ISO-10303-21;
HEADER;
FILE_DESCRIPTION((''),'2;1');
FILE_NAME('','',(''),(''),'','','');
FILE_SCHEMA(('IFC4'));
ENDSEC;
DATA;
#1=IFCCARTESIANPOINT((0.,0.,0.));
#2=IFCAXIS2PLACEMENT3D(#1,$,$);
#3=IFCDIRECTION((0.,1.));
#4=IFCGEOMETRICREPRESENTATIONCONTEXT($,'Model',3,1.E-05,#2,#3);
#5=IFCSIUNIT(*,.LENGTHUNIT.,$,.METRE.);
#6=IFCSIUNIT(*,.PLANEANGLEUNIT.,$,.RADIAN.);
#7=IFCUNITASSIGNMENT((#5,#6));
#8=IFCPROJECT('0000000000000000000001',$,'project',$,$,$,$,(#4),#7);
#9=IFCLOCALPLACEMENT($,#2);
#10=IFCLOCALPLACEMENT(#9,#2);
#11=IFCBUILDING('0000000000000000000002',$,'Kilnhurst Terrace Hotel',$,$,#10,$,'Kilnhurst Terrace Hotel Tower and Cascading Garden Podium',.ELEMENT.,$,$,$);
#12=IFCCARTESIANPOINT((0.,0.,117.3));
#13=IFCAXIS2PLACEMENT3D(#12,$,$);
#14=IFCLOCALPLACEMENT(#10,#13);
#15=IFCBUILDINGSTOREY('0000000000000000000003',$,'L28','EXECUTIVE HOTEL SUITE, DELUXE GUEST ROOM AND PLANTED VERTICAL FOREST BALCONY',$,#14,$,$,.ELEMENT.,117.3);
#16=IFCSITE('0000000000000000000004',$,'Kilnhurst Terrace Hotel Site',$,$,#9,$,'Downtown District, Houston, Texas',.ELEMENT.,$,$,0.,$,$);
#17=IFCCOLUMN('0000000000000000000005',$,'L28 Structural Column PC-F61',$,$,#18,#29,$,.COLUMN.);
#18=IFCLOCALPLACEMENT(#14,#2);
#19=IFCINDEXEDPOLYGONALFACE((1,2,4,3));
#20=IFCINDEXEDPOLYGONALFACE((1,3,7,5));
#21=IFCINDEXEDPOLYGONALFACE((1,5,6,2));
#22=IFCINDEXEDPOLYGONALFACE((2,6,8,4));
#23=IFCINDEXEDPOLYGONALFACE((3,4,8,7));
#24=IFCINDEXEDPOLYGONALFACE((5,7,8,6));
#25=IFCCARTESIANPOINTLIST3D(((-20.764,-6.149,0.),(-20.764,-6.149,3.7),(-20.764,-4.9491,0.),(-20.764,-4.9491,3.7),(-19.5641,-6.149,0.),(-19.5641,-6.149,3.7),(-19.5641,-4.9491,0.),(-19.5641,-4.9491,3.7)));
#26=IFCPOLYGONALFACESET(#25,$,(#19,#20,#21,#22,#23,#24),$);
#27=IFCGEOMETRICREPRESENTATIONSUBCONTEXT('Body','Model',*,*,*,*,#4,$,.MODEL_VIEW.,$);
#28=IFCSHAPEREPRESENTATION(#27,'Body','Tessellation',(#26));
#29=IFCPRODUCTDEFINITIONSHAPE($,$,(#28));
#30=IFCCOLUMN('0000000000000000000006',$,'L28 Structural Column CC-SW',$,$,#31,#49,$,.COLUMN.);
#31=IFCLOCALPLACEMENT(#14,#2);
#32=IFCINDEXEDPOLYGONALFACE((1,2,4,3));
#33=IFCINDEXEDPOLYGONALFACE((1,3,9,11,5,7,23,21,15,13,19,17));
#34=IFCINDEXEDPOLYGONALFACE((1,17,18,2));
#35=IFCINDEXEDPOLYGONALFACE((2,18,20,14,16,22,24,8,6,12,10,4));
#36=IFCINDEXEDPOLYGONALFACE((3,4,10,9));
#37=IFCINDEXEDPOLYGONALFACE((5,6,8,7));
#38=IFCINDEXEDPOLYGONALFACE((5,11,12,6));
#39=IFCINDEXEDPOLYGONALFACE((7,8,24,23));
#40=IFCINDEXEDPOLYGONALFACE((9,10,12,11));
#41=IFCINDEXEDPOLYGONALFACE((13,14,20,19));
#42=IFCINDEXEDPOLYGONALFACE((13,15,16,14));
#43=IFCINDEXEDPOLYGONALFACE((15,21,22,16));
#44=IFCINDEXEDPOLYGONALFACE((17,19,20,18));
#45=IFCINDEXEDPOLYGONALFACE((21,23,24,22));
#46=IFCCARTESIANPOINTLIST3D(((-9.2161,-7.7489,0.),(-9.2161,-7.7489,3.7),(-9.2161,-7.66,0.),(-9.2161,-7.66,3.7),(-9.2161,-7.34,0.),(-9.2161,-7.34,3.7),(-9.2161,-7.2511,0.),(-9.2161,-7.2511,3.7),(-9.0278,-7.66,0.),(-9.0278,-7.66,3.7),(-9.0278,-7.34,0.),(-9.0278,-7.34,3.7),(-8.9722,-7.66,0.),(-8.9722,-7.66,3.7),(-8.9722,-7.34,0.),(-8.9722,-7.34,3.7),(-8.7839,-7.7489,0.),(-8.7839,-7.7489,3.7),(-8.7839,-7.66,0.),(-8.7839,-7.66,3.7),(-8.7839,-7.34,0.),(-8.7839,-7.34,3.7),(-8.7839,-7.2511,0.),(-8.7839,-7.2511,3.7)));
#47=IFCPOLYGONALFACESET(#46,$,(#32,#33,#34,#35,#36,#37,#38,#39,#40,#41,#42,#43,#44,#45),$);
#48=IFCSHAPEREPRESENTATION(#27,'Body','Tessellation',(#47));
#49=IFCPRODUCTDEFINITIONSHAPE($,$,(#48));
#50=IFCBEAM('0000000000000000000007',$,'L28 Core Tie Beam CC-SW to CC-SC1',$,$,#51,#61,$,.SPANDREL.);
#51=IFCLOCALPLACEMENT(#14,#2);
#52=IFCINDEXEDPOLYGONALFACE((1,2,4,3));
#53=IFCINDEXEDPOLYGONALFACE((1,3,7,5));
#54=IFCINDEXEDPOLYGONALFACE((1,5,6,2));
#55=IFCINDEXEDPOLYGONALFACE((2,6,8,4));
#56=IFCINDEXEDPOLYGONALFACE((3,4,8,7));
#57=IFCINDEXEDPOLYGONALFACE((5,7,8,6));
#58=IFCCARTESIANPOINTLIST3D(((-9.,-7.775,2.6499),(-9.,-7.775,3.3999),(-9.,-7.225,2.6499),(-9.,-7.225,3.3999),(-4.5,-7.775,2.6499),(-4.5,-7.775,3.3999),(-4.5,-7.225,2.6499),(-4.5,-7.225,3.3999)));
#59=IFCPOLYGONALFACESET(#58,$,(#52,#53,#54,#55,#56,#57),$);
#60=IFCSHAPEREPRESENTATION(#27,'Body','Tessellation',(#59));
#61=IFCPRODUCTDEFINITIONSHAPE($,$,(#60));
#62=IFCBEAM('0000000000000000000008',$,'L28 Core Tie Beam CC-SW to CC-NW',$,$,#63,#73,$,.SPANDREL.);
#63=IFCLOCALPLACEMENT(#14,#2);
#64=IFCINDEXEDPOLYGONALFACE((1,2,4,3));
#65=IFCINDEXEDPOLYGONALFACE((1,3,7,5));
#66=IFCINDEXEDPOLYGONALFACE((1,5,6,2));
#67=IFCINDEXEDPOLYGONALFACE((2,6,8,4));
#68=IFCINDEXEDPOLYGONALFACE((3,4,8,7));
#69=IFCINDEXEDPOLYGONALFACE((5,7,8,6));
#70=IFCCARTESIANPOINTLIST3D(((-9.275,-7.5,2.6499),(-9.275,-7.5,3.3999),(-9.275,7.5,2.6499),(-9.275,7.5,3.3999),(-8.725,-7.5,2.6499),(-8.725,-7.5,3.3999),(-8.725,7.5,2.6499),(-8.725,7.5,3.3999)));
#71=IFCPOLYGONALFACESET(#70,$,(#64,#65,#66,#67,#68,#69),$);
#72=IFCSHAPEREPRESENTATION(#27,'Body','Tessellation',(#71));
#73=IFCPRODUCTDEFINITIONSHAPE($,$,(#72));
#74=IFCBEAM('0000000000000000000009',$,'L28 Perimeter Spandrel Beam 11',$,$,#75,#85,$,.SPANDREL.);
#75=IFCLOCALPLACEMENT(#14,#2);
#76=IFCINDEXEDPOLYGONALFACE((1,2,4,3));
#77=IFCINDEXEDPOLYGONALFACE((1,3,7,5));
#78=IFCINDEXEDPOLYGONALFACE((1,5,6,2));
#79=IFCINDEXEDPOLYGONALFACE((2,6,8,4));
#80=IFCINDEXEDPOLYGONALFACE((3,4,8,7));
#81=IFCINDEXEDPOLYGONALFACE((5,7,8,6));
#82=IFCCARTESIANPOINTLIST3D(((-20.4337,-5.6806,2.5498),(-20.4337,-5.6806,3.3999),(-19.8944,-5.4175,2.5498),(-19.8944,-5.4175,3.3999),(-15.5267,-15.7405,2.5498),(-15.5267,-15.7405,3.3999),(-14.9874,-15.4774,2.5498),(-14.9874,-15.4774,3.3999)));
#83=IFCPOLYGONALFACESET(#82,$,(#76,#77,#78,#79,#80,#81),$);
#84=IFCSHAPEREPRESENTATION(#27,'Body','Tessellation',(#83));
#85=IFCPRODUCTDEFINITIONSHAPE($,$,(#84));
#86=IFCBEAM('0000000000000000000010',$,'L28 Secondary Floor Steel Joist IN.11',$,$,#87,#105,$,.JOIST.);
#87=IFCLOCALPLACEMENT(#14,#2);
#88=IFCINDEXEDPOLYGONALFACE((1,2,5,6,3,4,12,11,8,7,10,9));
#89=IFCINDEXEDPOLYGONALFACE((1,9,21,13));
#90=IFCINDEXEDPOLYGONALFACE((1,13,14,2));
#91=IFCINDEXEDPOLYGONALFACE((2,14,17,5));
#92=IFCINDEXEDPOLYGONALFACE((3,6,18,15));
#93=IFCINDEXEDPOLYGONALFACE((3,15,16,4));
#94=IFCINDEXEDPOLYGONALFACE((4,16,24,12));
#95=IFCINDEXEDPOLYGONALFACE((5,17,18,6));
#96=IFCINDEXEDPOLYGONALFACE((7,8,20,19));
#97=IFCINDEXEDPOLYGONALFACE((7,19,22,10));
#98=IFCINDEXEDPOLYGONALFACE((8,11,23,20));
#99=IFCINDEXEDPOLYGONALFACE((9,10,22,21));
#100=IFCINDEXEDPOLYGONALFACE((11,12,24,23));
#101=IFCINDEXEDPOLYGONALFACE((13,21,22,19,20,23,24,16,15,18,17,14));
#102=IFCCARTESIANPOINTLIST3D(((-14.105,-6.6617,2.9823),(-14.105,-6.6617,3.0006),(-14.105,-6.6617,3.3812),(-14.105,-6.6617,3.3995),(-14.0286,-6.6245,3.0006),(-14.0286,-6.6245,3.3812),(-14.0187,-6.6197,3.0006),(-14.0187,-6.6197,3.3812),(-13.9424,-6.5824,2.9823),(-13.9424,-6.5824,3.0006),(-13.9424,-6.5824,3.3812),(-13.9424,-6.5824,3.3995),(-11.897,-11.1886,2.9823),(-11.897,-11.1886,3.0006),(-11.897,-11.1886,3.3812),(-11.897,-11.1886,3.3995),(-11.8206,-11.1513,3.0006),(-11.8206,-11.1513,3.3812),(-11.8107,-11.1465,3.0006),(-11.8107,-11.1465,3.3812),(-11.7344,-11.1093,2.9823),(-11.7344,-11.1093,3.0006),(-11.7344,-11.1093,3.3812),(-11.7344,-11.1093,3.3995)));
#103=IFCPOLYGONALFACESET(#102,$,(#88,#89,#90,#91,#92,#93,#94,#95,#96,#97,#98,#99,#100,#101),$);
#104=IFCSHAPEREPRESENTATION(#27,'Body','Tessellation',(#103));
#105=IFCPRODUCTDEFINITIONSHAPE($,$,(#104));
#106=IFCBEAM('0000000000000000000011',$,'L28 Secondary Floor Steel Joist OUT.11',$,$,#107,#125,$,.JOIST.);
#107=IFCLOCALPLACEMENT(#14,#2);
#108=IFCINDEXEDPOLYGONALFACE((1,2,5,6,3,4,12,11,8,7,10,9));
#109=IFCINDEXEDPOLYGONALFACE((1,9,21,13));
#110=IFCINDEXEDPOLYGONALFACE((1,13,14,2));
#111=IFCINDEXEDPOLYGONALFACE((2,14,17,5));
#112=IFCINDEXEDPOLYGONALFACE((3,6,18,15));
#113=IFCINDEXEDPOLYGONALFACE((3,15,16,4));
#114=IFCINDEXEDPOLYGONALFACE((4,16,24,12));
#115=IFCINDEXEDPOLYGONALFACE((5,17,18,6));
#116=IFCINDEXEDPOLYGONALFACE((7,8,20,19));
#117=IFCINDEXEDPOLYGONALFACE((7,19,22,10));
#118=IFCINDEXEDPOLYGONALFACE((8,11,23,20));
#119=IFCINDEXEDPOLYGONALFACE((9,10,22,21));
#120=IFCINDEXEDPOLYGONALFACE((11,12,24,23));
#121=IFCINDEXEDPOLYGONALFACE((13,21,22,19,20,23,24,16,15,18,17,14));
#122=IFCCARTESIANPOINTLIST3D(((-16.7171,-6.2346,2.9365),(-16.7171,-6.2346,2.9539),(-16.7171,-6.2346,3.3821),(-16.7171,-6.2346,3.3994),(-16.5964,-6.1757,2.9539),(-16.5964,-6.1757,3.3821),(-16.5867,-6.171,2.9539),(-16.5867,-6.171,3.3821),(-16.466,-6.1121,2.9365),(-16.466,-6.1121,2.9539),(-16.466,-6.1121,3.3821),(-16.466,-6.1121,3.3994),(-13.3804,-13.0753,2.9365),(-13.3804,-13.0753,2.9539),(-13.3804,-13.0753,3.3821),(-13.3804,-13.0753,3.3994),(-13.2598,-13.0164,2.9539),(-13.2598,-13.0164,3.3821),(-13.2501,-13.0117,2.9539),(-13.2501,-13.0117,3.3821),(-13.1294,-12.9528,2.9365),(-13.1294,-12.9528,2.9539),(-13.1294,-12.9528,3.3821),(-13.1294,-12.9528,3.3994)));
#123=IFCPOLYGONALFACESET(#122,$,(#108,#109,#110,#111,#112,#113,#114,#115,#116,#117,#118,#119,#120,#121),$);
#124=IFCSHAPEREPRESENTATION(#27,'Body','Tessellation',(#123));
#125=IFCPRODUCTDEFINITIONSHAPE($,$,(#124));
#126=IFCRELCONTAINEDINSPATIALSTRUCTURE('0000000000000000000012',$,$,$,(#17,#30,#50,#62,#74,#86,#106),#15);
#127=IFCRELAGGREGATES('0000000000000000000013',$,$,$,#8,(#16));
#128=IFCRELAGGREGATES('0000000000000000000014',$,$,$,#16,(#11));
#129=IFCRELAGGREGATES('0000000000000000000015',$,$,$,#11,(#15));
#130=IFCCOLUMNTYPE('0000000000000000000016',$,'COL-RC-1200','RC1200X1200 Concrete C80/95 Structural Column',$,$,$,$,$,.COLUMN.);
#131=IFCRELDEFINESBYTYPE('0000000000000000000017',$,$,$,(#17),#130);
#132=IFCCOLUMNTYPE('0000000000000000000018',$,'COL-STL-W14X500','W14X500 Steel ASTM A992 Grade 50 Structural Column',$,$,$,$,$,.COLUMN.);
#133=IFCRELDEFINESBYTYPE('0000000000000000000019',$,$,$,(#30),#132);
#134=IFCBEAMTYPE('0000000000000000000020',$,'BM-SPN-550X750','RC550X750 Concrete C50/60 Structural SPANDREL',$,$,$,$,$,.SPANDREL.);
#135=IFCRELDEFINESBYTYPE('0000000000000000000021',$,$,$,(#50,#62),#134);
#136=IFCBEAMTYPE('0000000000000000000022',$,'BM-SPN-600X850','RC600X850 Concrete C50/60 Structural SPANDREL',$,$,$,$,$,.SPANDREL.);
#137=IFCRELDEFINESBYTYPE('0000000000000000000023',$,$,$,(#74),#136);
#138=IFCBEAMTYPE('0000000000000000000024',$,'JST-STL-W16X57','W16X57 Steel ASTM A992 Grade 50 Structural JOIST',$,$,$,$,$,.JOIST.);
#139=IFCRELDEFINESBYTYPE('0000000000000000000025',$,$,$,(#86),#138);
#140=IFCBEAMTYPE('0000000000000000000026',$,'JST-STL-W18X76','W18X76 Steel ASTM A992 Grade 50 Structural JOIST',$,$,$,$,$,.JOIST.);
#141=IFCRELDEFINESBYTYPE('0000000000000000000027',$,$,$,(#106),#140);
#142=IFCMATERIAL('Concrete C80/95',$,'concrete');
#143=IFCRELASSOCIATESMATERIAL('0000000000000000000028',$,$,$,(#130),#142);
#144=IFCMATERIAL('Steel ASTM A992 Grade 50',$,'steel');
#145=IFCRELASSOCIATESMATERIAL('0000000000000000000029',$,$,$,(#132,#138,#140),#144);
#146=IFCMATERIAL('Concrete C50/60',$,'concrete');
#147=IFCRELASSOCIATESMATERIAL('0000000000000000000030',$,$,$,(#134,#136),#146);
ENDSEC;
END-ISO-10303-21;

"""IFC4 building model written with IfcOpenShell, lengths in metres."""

from ifc_helpers import new_model, si_unit, direction, frame, origin, origin_2d, place, context, subcontext, project, spatial, rectangle, i_section, extrude, material, material_profile, profile_set, type_object, element, save


model = new_model("IFC4")

# Units and contexts
model_context = context("Model", 3, precision=1e-05, world=origin(), true_north=direction((0.0, 1.0)))
body_context = subcontext(model_context, "Body", "Model", "MODEL_VIEW")
ifc_project = project(units=[si_unit("LENGTHUNIT", "METRE"), si_unit("PLANEANGLEUNIT", "RADIAN")], contexts=[model_context])

# Site, building, storey
site_placement = place(None, origin())
site = spatial("IfcSite", under=ifc_project, at=site_placement, Name="Kilnhurst Terrace Hotel Site", LongName="Downtown District, Houston, Texas", CompositionType="ELEMENT", RefElevation=0.0)
building_placement = place(site_placement, origin())
building = spatial("IfcBuilding", under=site, at=building_placement, Name="Kilnhurst Terrace Hotel", LongName="Kilnhurst Terrace Hotel Tower and Cascading Garden Podium", CompositionType="ELEMENT")
storey_placement = place(building_placement, frame((0.0, 0.0, 117.3)))
storey = spatial("IfcBuildingStorey", under=building, at=storey_placement, Name="L28", Description="EXECUTIVE HOTEL SUITE, DELUXE GUEST ROOM AND PLANTED VERTICAL FOREST BALCONY", CompositionType="ELEMENT", Elevation=117.3)

# Columns
ifc_material_1 = material(Name="Concrete C80/95", Category="concrete")
ifc_material_profile_1 = material_profile(ifc_material_1, rectangle(XDim=1.2, YDim=1.2, at=origin_2d()), Name="RC1200X1200")
ifc_profile_set_1 = profile_set([ifc_material_profile_1], Name="Concrete C80/95")
column_type_1 = type_object("IfcColumnType", Name="COL-RC-1200", Description="RC1200X1200 Concrete C80/95 Structural Column", PredefinedType="COLUMN", material=ifc_profile_set_1)
column_1_placement = place(storey_placement, frame((-20.1641, -5.5491, 0.0), z_axis=(0.0, 0.0, 1.0), x_axis=(1.0, 0.0, 0.0)))
element("IfcColumn", 1, at=column_1_placement, inside=storey, type_object=column_type_1, Name="L28 Structural Column PC-F61", PredefinedType="COLUMN", context=body_context, shape_type="SweptSolid", body=[
    extrude(rectangle(XDim=1.2, YDim=1.2, at=origin_2d()), origin(), (0.0, 0.0, 1.0), 3.7),
])
ifc_material_2 = material(Name="Steel ASTM A992 Grade 50", Category="steel")
ifc_material_profile_2 = material_profile(ifc_material_2, i_section(OverallWidth=0.4321, OverallDepth=0.4978, WebThickness=0.0557, FlangeThickness=0.0889, at=origin_2d()), Name="W14X500")
ifc_profile_set_2 = profile_set([ifc_material_profile_2], Name="Steel ASTM A992 Grade 50")
column_type_2 = type_object("IfcColumnType", Name="COL-STL-W14X500", Description="W14X500 Steel ASTM A992 Grade 50 Structural Column", PredefinedType="COLUMN", material=ifc_profile_set_2)
column_2_placement = place(storey_placement, frame((-9.0, -7.5, 0.0), z_axis=(0.0, 0.0, 1.0), x_axis=(1.0, 0.0, 0.0)))
element("IfcColumn", 2, at=column_2_placement, inside=storey, type_object=column_type_2, Name="L28 Structural Column CC-SW", PredefinedType="COLUMN", context=body_context, shape_type="SweptSolid", body=[
    extrude(i_section(OverallWidth=0.4321, OverallDepth=0.4978, WebThickness=0.0557, FlangeThickness=0.0889, at=origin_2d()), origin(), (0.0, 0.0, 1.0), 3.7),
])

# Beams
ifc_material_3 = material(Name="Concrete C50/60", Category="concrete")
ifc_material_profile_3 = material_profile(ifc_material_3, rectangle(XDim=0.55, YDim=0.75, at=origin_2d()), Name="RC550X750")
ifc_profile_set_3 = profile_set([ifc_material_profile_3], Name="Concrete C50/60")
beam_type_1 = type_object("IfcBeamType", Name="BM-SPN-550X750", Description="RC550X750 Concrete C50/60 Structural SPANDREL", PredefinedType="SPANDREL", material=ifc_profile_set_3)
beam_1_placement = place(storey_placement, frame((-9.0, -7.5, 3.0249), z_axis=(1.0, 0.0, 0.0), x_axis=(0.0, 1.0, 0.0)))
element("IfcBeam", 3, at=beam_1_placement, inside=storey, type_object=beam_type_1, Name="L28 Core Tie Beam CC-SW to CC-SC1", PredefinedType="SPANDREL", context=body_context, shape_type="SweptSolid", body=[
    extrude(rectangle(XDim=0.55, YDim=0.75, at=origin_2d()), origin(), (0.0, 0.0, 1.0), 4.5),
])
beam_2_placement = place(storey_placement, frame((-9.0, -7.5, 3.0249), z_axis=(0.0, 1.0, 0.0), x_axis=(-1.0, 0.0, 0.0)))
element("IfcBeam", 4, at=beam_2_placement, inside=storey, type_object=beam_type_1, Name="L28 Core Tie Beam CC-SW to CC-NW", PredefinedType="SPANDREL", context=body_context, shape_type="SweptSolid", body=[
    extrude(rectangle(XDim=0.55, YDim=0.75, at=origin_2d()), origin(), (0.0, 0.0, 1.0), 15.0),
])
ifc_material_profile_4 = material_profile(ifc_material_3, rectangle(XDim=0.6001, YDim=0.8501, at=origin_2d()), Name="RC600X850")
ifc_profile_set_4 = profile_set([ifc_material_profile_4], Name="Concrete C50/60")
beam_type_2 = type_object("IfcBeamType", Name="BM-SPN-600X850", Description="RC600X850 Concrete C50/60 Structural SPANDREL", PredefinedType="SPANDREL", material=ifc_profile_set_4)
beam_3_placement = place(storey_placement, frame((-20.1641, -5.5491, 2.9749), z_axis=(0.438406, -0.898777, 0.0), x_axis=(0.898777, 0.438406, 0.0)))
element("IfcBeam", 5, at=beam_3_placement, inside=storey, type_object=beam_type_2, Name="L28 Perimeter Spandrel Beam 11", PredefinedType="SPANDREL", context=body_context, shape_type="SweptSolid", body=[
    extrude(rectangle(XDim=0.6001, YDim=0.8501, at=origin_2d()), origin(), (0.0, 0.0, 1.0), 11.1929),
])
ifc_material_profile_5 = material_profile(ifc_material_2, i_section(OverallWidth=0.1809, OverallDepth=0.4172, WebThickness=0.011, FlangeThickness=0.0183, at=origin_2d()), Name="W16X57")
ifc_profile_set_5 = profile_set([ifc_material_profile_5], Name="Steel ASTM A992 Grade 50")
beam_type_3 = type_object("IfcBeamType", Name="JST-STL-W16X57", Description="W16X57 Steel ASTM A992 Grade 50 Structural JOIST", PredefinedType="JOIST", material=ifc_profile_set_5)
beam_4_placement = place(storey_placement, frame((-14.0237, -6.6221, 3.1909), z_axis=(0.438389, -0.898785, 0.0), x_axis=(0.898785, 0.438389, 0.0)))
element("IfcBeam", 6, at=beam_4_placement, inside=storey, type_object=beam_type_3, Name="L28 Secondary Floor Steel Joist IN.11", PredefinedType="JOIST", context=body_context, shape_type="SweptSolid", body=[
    extrude(i_section(OverallWidth=0.1809, OverallDepth=0.4172, WebThickness=0.011, FlangeThickness=0.0183, at=origin_2d()), origin(), (0.0, 0.0, 1.0), 5.0366),
])
ifc_material_profile_6 = material_profile(ifc_material_2, i_section(OverallWidth=0.2793, OverallDepth=0.4629, WebThickness=0.0107, FlangeThickness=0.0173, at=origin_2d()), Name="W18X76")
ifc_profile_set_6 = profile_set([ifc_material_profile_6], Name="Steel ASTM A992 Grade 50")
beam_type_4 = type_object("IfcBeamType", Name="JST-STL-W18X76", Description="W18X76 Steel ASTM A992 Grade 50 Structural JOIST", PredefinedType="JOIST", material=ifc_profile_set_6)
beam_5_placement = place(storey_placement, frame((-16.5916, -6.1733, 3.168), z_axis=(0.43839, -0.898785, 0.0), x_axis=(0.898785, 0.43839, 0.0)))
element("IfcBeam", 7, at=beam_5_placement, inside=storey, type_object=beam_type_4, Name="L28 Secondary Floor Steel Joist OUT.11", PredefinedType="JOIST", context=body_context, shape_type="SweptSolid", body=[
    extrude(i_section(OverallWidth=0.2793, OverallDepth=0.4629, WebThickness=0.0107, FlangeThickness=0.0173, at=origin_2d()), origin(), (0.0, 0.0, 1.0), 7.6111),
])

save(model, "model.ifc")
